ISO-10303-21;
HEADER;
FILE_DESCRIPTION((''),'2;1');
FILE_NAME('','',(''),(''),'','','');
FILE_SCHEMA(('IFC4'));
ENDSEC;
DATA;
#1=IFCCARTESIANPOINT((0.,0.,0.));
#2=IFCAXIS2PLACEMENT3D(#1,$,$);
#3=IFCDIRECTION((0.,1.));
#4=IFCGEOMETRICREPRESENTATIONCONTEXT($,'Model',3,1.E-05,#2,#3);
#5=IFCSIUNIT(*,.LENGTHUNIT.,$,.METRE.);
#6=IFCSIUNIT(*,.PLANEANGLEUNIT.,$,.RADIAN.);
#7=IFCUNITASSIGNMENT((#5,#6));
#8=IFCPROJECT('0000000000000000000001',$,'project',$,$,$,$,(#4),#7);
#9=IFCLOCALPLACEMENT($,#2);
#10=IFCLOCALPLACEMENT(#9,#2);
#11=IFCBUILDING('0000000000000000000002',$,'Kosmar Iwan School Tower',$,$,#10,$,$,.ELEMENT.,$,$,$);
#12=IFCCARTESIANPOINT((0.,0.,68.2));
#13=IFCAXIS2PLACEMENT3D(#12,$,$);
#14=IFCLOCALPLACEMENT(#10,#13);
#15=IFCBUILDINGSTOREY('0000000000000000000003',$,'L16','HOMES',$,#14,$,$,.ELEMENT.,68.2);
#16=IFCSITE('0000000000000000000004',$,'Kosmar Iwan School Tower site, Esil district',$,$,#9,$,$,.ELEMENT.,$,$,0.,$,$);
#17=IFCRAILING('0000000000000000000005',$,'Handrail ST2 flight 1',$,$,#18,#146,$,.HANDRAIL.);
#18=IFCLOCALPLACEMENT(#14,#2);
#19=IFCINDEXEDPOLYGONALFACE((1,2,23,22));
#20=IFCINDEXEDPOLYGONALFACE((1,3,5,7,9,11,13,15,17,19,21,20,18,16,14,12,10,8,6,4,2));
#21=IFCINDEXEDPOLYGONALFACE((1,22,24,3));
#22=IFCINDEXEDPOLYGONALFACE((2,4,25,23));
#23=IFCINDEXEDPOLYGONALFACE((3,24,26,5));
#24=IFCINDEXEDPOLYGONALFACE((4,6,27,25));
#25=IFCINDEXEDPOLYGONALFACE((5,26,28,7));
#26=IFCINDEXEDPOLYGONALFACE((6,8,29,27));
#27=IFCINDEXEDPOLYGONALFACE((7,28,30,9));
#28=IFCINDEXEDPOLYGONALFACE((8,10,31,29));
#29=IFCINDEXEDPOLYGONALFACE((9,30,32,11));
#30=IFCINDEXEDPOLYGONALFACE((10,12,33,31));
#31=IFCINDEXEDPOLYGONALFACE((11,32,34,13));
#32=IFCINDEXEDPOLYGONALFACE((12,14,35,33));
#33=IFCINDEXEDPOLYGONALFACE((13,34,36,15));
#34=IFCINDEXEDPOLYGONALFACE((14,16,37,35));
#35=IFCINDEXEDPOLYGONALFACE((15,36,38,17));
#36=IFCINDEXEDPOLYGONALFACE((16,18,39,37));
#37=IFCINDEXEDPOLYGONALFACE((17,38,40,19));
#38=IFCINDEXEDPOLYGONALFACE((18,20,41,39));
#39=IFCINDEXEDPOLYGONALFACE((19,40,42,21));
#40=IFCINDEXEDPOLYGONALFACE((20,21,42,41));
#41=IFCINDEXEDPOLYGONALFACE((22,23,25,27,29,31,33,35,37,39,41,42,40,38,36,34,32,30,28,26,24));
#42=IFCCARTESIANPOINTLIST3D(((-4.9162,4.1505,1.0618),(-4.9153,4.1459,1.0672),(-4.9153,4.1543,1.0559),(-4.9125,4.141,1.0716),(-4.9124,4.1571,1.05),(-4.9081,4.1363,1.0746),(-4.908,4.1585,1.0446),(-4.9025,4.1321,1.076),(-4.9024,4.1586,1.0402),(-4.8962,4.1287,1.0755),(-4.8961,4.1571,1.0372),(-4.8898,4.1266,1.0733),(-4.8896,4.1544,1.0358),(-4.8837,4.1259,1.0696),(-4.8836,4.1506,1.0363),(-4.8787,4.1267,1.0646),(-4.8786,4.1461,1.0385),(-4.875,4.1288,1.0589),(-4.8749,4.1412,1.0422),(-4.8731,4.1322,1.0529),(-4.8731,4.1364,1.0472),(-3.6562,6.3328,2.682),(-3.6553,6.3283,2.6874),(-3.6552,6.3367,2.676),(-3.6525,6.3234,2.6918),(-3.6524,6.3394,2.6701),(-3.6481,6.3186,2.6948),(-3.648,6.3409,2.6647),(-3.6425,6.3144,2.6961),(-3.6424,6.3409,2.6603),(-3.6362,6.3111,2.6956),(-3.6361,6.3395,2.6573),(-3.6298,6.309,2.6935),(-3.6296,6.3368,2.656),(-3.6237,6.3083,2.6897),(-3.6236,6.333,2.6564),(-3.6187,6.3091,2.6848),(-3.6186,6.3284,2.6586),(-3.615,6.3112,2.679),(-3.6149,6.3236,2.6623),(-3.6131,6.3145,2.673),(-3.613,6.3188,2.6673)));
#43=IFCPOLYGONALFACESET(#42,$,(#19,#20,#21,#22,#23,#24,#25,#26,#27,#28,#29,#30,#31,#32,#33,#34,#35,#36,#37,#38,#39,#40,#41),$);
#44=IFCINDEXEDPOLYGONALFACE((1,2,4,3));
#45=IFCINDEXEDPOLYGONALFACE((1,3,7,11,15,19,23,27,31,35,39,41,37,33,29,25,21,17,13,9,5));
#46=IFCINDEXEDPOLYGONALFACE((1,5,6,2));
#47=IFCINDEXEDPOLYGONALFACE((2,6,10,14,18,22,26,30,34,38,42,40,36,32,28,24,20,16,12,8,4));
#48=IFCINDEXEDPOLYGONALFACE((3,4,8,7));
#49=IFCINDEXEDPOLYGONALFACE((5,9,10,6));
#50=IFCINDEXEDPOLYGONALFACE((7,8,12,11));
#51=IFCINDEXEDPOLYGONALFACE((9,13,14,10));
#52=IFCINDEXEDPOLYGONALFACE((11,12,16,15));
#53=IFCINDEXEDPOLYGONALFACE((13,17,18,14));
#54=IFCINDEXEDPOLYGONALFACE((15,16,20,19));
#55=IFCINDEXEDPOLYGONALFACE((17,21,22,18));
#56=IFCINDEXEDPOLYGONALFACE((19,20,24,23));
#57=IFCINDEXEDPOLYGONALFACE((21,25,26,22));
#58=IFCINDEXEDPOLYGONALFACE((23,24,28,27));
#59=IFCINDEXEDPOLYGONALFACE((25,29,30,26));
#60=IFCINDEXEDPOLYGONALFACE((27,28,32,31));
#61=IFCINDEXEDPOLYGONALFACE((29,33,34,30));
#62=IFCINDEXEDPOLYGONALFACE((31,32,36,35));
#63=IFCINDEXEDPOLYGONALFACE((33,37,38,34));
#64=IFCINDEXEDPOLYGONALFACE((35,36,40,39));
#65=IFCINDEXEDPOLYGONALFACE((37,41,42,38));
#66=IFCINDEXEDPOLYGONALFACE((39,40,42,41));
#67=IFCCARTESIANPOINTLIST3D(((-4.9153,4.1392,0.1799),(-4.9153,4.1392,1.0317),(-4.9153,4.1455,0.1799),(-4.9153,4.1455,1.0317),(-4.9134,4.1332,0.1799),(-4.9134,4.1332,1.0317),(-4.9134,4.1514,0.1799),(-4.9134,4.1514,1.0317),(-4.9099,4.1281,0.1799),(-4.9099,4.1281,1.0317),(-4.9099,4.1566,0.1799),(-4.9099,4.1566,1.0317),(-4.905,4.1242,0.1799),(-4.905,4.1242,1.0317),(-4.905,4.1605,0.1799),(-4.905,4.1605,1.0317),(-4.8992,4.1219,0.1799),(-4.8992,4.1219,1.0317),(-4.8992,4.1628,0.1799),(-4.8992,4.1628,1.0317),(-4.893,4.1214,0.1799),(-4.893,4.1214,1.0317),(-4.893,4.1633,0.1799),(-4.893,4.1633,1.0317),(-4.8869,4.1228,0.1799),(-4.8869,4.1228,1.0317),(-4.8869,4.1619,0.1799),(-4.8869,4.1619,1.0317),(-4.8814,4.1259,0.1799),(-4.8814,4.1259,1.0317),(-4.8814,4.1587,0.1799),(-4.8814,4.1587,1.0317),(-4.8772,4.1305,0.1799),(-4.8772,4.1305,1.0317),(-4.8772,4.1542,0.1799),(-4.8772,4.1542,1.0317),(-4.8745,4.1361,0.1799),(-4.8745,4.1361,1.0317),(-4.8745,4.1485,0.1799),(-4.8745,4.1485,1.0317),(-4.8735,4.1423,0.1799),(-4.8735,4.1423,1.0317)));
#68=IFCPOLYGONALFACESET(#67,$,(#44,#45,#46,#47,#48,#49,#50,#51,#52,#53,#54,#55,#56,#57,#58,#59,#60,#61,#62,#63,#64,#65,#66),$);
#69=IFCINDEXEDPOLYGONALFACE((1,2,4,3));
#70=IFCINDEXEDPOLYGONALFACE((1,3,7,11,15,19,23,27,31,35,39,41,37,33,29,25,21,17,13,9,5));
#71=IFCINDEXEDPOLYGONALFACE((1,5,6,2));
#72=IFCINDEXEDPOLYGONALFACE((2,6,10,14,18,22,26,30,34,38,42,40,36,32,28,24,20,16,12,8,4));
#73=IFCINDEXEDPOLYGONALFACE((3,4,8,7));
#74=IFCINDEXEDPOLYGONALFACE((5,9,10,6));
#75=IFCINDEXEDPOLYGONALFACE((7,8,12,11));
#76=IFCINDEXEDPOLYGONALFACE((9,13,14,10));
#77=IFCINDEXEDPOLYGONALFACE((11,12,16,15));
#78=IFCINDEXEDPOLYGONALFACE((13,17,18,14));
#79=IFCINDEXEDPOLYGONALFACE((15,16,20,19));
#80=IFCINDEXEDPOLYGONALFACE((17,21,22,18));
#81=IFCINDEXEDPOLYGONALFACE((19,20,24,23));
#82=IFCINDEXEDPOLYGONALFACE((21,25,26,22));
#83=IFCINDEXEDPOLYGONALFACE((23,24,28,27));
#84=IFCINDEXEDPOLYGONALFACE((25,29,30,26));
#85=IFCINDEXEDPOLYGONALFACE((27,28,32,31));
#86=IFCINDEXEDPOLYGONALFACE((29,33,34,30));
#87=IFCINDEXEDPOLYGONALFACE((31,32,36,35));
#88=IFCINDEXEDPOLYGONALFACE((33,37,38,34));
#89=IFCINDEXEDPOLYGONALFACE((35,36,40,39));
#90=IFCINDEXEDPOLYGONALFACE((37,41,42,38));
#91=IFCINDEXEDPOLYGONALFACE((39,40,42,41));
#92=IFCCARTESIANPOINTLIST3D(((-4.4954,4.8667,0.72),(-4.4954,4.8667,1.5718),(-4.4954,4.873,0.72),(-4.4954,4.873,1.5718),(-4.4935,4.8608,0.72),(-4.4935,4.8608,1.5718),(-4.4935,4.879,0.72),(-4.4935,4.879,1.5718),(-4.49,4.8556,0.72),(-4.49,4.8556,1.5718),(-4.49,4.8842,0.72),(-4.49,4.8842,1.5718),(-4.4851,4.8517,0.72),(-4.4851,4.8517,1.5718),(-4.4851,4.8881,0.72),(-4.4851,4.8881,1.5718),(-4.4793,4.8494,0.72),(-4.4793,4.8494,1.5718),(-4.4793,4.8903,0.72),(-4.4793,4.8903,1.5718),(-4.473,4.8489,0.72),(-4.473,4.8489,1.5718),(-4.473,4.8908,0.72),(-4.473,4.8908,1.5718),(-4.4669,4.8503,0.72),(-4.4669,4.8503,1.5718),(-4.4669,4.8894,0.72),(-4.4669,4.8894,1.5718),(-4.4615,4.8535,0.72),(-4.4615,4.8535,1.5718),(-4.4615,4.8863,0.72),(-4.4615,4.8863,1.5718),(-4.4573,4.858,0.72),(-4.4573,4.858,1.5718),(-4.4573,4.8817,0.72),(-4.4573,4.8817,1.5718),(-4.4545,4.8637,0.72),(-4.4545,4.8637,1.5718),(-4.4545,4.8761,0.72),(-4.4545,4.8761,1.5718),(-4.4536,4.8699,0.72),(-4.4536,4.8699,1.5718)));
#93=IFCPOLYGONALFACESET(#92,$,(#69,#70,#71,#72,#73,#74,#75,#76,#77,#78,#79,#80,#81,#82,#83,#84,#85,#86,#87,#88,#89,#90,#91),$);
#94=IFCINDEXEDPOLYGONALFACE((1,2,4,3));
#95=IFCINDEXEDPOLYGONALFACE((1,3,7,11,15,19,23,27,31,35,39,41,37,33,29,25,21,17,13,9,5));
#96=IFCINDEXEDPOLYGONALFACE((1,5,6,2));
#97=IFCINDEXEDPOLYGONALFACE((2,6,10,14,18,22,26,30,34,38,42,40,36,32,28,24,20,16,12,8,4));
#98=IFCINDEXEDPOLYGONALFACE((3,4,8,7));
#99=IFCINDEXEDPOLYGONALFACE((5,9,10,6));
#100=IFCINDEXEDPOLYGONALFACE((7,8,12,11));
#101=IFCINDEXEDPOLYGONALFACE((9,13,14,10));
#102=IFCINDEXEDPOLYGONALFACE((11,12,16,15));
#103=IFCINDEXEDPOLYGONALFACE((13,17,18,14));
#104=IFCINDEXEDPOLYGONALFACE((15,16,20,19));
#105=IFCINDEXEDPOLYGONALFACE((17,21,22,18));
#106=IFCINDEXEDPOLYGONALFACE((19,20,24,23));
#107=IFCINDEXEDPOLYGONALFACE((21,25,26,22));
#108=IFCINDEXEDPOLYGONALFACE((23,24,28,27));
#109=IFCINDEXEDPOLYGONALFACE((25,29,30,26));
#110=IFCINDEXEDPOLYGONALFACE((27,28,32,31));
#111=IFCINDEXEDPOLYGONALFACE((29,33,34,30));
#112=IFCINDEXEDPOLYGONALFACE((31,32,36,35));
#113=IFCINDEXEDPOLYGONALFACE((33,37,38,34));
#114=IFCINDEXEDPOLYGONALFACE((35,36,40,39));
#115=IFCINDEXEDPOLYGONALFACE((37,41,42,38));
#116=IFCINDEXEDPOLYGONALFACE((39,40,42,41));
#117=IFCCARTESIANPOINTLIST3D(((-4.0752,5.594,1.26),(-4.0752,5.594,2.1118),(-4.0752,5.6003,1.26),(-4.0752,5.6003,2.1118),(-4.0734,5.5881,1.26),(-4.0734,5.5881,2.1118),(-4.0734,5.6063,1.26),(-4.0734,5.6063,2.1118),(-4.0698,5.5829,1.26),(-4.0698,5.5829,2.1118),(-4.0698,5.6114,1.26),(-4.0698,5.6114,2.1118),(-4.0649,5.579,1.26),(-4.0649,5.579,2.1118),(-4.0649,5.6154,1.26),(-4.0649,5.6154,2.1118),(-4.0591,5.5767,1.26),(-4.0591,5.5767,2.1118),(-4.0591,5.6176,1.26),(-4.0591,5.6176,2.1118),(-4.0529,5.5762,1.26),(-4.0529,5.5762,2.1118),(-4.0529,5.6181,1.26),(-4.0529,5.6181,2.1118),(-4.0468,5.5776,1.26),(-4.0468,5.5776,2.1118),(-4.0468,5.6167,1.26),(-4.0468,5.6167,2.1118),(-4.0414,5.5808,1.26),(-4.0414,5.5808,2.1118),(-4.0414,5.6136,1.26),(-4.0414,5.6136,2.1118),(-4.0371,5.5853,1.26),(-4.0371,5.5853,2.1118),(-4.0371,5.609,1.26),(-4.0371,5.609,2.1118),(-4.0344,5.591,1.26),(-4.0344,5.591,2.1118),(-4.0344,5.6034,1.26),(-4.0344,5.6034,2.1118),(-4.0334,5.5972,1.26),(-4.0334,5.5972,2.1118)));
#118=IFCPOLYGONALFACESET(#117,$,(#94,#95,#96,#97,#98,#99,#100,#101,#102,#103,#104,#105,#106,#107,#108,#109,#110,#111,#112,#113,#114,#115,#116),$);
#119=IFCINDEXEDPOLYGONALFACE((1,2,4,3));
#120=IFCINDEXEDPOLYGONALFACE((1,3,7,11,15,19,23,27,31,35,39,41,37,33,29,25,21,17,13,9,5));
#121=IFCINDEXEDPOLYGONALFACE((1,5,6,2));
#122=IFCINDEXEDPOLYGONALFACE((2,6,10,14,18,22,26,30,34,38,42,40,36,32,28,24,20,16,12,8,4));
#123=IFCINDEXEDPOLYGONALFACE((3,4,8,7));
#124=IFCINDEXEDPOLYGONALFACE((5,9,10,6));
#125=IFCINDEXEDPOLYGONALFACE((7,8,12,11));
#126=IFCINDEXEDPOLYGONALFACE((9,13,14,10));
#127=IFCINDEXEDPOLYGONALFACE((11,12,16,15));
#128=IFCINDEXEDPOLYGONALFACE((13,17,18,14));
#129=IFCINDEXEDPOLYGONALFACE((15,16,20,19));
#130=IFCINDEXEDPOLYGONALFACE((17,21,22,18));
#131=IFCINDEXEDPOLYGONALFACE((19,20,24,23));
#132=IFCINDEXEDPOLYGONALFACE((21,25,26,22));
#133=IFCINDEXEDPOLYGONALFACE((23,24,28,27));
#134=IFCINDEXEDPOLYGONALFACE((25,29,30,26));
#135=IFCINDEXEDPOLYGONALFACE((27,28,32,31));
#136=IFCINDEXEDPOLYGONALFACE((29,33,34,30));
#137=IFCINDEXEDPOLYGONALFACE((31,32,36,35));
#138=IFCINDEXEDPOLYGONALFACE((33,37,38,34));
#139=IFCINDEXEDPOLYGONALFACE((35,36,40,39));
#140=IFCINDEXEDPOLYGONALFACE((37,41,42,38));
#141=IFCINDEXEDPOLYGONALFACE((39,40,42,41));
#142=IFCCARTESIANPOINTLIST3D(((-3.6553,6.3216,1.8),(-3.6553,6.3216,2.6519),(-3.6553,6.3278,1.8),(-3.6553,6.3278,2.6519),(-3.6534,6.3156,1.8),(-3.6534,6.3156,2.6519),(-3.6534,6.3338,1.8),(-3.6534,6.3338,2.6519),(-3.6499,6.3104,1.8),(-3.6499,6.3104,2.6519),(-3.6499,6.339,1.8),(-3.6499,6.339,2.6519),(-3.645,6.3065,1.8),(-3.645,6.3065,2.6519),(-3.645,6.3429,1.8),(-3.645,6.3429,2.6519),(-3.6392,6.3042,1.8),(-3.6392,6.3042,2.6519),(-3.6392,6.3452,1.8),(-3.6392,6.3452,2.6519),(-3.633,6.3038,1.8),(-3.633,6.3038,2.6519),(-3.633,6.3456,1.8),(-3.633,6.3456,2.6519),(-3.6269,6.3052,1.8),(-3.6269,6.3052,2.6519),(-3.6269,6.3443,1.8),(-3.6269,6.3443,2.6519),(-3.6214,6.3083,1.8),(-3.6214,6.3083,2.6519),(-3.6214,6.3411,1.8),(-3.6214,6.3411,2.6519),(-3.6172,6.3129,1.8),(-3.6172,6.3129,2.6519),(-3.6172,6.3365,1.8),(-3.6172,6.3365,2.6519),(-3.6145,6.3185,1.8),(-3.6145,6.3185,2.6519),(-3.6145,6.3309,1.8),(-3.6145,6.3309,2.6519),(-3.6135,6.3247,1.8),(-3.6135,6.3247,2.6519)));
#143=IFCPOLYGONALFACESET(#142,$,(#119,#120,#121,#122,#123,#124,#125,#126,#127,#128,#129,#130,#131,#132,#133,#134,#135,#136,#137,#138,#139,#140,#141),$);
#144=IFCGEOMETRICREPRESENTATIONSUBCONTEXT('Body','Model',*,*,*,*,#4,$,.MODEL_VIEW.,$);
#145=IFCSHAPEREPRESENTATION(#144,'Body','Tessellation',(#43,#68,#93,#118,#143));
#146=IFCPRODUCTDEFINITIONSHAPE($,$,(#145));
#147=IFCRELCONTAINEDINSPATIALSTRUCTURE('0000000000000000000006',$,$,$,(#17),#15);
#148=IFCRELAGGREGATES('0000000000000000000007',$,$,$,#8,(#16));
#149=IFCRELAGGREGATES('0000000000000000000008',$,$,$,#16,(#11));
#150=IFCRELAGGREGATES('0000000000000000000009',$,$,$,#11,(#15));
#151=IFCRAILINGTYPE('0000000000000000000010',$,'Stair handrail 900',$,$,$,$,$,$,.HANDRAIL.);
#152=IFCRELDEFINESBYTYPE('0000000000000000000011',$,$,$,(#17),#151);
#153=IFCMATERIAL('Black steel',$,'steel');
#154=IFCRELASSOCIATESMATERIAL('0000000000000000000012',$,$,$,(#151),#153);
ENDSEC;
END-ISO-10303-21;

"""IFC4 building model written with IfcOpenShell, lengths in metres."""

from ifc_helpers import new_model, si_unit, direction, frame, origin, origin_2d, place, context, subcontext, project, spatial, circle, extrude, material, type_object, element, save


model = new_model("IFC4")

# Units and contexts
model_context = context("Model", 3, precision=1e-05, world=origin(), true_north=direction((0.0, 1.0)))
body_context = subcontext(model_context, "Body", "Model", "MODEL_VIEW")
ifc_project = project(units=[si_unit("LENGTHUNIT", "METRE"), si_unit("PLANEANGLEUNIT", "RADIAN")], contexts=[model_context])

# Site, building, storey
site_placement = place(None, origin())
site = spatial("IfcSite", under=ifc_project, at=site_placement, Name="Kosmar Iwan School Tower site, Esil district", CompositionType="ELEMENT", RefElevation=0.0)
building_placement = place(site_placement, origin())
building = spatial("IfcBuilding", under=site, at=building_placement, Name="Kosmar Iwan School Tower", CompositionType="ELEMENT")
storey_placement = place(building_placement, frame((0.0, 0.0, 68.2)))
storey = spatial("IfcBuildingStorey", under=building, at=storey_placement, Name="L16", Description="HOMES", CompositionType="ELEMENT", Elevation=68.2)

# Railing
ifc_material_1 = material(Name="Black steel", Category="steel")
railing_type = type_object("IfcRailingType", Name="Stair handrail 900", PredefinedType="HANDRAIL", material=ifc_material_1)
railing_placement = place(storey_placement, frame((-4.8945, 4.1423, 0.1799)))
element("IfcRailing", 1, at=railing_placement, inside=storey, type_object=railing_type, Name="Handrail ST2 flight 1", PredefinedType="HANDRAIL", context=body_context, shape_type="SweptSolid", body=[
    extrude(circle(Radius=0.0239, at=origin_2d()), frame((0.0, 0.0, 0.876), z_axis=(0.420584, 0.728464, 0.540786), x_axis=(-0.866023, 0.500005, 0.0)), (0.0, 0.0, 1.0), 2.9958),
    extrude(circle(Radius=0.021, at=origin_2d()), origin(), (0.0, 0.0, 1.0), 0.8518),
    extrude(circle(Radius=0.021, at=origin_2d()), frame((0.4199, 0.7275, 0.54)), (0.0, 0.0, 1.0), 0.8518),
    extrude(circle(Radius=0.021, at=origin_2d()), frame((0.8401, 1.4548, 1.0801)), (0.0, 0.0, 1.0), 0.8518),
    extrude(circle(Radius=0.021, at=origin_2d()), frame((1.26, 2.1824, 1.6201)), (0.0, 0.0, 1.0), 0.8518),
])

save(model, "model.ifc")
